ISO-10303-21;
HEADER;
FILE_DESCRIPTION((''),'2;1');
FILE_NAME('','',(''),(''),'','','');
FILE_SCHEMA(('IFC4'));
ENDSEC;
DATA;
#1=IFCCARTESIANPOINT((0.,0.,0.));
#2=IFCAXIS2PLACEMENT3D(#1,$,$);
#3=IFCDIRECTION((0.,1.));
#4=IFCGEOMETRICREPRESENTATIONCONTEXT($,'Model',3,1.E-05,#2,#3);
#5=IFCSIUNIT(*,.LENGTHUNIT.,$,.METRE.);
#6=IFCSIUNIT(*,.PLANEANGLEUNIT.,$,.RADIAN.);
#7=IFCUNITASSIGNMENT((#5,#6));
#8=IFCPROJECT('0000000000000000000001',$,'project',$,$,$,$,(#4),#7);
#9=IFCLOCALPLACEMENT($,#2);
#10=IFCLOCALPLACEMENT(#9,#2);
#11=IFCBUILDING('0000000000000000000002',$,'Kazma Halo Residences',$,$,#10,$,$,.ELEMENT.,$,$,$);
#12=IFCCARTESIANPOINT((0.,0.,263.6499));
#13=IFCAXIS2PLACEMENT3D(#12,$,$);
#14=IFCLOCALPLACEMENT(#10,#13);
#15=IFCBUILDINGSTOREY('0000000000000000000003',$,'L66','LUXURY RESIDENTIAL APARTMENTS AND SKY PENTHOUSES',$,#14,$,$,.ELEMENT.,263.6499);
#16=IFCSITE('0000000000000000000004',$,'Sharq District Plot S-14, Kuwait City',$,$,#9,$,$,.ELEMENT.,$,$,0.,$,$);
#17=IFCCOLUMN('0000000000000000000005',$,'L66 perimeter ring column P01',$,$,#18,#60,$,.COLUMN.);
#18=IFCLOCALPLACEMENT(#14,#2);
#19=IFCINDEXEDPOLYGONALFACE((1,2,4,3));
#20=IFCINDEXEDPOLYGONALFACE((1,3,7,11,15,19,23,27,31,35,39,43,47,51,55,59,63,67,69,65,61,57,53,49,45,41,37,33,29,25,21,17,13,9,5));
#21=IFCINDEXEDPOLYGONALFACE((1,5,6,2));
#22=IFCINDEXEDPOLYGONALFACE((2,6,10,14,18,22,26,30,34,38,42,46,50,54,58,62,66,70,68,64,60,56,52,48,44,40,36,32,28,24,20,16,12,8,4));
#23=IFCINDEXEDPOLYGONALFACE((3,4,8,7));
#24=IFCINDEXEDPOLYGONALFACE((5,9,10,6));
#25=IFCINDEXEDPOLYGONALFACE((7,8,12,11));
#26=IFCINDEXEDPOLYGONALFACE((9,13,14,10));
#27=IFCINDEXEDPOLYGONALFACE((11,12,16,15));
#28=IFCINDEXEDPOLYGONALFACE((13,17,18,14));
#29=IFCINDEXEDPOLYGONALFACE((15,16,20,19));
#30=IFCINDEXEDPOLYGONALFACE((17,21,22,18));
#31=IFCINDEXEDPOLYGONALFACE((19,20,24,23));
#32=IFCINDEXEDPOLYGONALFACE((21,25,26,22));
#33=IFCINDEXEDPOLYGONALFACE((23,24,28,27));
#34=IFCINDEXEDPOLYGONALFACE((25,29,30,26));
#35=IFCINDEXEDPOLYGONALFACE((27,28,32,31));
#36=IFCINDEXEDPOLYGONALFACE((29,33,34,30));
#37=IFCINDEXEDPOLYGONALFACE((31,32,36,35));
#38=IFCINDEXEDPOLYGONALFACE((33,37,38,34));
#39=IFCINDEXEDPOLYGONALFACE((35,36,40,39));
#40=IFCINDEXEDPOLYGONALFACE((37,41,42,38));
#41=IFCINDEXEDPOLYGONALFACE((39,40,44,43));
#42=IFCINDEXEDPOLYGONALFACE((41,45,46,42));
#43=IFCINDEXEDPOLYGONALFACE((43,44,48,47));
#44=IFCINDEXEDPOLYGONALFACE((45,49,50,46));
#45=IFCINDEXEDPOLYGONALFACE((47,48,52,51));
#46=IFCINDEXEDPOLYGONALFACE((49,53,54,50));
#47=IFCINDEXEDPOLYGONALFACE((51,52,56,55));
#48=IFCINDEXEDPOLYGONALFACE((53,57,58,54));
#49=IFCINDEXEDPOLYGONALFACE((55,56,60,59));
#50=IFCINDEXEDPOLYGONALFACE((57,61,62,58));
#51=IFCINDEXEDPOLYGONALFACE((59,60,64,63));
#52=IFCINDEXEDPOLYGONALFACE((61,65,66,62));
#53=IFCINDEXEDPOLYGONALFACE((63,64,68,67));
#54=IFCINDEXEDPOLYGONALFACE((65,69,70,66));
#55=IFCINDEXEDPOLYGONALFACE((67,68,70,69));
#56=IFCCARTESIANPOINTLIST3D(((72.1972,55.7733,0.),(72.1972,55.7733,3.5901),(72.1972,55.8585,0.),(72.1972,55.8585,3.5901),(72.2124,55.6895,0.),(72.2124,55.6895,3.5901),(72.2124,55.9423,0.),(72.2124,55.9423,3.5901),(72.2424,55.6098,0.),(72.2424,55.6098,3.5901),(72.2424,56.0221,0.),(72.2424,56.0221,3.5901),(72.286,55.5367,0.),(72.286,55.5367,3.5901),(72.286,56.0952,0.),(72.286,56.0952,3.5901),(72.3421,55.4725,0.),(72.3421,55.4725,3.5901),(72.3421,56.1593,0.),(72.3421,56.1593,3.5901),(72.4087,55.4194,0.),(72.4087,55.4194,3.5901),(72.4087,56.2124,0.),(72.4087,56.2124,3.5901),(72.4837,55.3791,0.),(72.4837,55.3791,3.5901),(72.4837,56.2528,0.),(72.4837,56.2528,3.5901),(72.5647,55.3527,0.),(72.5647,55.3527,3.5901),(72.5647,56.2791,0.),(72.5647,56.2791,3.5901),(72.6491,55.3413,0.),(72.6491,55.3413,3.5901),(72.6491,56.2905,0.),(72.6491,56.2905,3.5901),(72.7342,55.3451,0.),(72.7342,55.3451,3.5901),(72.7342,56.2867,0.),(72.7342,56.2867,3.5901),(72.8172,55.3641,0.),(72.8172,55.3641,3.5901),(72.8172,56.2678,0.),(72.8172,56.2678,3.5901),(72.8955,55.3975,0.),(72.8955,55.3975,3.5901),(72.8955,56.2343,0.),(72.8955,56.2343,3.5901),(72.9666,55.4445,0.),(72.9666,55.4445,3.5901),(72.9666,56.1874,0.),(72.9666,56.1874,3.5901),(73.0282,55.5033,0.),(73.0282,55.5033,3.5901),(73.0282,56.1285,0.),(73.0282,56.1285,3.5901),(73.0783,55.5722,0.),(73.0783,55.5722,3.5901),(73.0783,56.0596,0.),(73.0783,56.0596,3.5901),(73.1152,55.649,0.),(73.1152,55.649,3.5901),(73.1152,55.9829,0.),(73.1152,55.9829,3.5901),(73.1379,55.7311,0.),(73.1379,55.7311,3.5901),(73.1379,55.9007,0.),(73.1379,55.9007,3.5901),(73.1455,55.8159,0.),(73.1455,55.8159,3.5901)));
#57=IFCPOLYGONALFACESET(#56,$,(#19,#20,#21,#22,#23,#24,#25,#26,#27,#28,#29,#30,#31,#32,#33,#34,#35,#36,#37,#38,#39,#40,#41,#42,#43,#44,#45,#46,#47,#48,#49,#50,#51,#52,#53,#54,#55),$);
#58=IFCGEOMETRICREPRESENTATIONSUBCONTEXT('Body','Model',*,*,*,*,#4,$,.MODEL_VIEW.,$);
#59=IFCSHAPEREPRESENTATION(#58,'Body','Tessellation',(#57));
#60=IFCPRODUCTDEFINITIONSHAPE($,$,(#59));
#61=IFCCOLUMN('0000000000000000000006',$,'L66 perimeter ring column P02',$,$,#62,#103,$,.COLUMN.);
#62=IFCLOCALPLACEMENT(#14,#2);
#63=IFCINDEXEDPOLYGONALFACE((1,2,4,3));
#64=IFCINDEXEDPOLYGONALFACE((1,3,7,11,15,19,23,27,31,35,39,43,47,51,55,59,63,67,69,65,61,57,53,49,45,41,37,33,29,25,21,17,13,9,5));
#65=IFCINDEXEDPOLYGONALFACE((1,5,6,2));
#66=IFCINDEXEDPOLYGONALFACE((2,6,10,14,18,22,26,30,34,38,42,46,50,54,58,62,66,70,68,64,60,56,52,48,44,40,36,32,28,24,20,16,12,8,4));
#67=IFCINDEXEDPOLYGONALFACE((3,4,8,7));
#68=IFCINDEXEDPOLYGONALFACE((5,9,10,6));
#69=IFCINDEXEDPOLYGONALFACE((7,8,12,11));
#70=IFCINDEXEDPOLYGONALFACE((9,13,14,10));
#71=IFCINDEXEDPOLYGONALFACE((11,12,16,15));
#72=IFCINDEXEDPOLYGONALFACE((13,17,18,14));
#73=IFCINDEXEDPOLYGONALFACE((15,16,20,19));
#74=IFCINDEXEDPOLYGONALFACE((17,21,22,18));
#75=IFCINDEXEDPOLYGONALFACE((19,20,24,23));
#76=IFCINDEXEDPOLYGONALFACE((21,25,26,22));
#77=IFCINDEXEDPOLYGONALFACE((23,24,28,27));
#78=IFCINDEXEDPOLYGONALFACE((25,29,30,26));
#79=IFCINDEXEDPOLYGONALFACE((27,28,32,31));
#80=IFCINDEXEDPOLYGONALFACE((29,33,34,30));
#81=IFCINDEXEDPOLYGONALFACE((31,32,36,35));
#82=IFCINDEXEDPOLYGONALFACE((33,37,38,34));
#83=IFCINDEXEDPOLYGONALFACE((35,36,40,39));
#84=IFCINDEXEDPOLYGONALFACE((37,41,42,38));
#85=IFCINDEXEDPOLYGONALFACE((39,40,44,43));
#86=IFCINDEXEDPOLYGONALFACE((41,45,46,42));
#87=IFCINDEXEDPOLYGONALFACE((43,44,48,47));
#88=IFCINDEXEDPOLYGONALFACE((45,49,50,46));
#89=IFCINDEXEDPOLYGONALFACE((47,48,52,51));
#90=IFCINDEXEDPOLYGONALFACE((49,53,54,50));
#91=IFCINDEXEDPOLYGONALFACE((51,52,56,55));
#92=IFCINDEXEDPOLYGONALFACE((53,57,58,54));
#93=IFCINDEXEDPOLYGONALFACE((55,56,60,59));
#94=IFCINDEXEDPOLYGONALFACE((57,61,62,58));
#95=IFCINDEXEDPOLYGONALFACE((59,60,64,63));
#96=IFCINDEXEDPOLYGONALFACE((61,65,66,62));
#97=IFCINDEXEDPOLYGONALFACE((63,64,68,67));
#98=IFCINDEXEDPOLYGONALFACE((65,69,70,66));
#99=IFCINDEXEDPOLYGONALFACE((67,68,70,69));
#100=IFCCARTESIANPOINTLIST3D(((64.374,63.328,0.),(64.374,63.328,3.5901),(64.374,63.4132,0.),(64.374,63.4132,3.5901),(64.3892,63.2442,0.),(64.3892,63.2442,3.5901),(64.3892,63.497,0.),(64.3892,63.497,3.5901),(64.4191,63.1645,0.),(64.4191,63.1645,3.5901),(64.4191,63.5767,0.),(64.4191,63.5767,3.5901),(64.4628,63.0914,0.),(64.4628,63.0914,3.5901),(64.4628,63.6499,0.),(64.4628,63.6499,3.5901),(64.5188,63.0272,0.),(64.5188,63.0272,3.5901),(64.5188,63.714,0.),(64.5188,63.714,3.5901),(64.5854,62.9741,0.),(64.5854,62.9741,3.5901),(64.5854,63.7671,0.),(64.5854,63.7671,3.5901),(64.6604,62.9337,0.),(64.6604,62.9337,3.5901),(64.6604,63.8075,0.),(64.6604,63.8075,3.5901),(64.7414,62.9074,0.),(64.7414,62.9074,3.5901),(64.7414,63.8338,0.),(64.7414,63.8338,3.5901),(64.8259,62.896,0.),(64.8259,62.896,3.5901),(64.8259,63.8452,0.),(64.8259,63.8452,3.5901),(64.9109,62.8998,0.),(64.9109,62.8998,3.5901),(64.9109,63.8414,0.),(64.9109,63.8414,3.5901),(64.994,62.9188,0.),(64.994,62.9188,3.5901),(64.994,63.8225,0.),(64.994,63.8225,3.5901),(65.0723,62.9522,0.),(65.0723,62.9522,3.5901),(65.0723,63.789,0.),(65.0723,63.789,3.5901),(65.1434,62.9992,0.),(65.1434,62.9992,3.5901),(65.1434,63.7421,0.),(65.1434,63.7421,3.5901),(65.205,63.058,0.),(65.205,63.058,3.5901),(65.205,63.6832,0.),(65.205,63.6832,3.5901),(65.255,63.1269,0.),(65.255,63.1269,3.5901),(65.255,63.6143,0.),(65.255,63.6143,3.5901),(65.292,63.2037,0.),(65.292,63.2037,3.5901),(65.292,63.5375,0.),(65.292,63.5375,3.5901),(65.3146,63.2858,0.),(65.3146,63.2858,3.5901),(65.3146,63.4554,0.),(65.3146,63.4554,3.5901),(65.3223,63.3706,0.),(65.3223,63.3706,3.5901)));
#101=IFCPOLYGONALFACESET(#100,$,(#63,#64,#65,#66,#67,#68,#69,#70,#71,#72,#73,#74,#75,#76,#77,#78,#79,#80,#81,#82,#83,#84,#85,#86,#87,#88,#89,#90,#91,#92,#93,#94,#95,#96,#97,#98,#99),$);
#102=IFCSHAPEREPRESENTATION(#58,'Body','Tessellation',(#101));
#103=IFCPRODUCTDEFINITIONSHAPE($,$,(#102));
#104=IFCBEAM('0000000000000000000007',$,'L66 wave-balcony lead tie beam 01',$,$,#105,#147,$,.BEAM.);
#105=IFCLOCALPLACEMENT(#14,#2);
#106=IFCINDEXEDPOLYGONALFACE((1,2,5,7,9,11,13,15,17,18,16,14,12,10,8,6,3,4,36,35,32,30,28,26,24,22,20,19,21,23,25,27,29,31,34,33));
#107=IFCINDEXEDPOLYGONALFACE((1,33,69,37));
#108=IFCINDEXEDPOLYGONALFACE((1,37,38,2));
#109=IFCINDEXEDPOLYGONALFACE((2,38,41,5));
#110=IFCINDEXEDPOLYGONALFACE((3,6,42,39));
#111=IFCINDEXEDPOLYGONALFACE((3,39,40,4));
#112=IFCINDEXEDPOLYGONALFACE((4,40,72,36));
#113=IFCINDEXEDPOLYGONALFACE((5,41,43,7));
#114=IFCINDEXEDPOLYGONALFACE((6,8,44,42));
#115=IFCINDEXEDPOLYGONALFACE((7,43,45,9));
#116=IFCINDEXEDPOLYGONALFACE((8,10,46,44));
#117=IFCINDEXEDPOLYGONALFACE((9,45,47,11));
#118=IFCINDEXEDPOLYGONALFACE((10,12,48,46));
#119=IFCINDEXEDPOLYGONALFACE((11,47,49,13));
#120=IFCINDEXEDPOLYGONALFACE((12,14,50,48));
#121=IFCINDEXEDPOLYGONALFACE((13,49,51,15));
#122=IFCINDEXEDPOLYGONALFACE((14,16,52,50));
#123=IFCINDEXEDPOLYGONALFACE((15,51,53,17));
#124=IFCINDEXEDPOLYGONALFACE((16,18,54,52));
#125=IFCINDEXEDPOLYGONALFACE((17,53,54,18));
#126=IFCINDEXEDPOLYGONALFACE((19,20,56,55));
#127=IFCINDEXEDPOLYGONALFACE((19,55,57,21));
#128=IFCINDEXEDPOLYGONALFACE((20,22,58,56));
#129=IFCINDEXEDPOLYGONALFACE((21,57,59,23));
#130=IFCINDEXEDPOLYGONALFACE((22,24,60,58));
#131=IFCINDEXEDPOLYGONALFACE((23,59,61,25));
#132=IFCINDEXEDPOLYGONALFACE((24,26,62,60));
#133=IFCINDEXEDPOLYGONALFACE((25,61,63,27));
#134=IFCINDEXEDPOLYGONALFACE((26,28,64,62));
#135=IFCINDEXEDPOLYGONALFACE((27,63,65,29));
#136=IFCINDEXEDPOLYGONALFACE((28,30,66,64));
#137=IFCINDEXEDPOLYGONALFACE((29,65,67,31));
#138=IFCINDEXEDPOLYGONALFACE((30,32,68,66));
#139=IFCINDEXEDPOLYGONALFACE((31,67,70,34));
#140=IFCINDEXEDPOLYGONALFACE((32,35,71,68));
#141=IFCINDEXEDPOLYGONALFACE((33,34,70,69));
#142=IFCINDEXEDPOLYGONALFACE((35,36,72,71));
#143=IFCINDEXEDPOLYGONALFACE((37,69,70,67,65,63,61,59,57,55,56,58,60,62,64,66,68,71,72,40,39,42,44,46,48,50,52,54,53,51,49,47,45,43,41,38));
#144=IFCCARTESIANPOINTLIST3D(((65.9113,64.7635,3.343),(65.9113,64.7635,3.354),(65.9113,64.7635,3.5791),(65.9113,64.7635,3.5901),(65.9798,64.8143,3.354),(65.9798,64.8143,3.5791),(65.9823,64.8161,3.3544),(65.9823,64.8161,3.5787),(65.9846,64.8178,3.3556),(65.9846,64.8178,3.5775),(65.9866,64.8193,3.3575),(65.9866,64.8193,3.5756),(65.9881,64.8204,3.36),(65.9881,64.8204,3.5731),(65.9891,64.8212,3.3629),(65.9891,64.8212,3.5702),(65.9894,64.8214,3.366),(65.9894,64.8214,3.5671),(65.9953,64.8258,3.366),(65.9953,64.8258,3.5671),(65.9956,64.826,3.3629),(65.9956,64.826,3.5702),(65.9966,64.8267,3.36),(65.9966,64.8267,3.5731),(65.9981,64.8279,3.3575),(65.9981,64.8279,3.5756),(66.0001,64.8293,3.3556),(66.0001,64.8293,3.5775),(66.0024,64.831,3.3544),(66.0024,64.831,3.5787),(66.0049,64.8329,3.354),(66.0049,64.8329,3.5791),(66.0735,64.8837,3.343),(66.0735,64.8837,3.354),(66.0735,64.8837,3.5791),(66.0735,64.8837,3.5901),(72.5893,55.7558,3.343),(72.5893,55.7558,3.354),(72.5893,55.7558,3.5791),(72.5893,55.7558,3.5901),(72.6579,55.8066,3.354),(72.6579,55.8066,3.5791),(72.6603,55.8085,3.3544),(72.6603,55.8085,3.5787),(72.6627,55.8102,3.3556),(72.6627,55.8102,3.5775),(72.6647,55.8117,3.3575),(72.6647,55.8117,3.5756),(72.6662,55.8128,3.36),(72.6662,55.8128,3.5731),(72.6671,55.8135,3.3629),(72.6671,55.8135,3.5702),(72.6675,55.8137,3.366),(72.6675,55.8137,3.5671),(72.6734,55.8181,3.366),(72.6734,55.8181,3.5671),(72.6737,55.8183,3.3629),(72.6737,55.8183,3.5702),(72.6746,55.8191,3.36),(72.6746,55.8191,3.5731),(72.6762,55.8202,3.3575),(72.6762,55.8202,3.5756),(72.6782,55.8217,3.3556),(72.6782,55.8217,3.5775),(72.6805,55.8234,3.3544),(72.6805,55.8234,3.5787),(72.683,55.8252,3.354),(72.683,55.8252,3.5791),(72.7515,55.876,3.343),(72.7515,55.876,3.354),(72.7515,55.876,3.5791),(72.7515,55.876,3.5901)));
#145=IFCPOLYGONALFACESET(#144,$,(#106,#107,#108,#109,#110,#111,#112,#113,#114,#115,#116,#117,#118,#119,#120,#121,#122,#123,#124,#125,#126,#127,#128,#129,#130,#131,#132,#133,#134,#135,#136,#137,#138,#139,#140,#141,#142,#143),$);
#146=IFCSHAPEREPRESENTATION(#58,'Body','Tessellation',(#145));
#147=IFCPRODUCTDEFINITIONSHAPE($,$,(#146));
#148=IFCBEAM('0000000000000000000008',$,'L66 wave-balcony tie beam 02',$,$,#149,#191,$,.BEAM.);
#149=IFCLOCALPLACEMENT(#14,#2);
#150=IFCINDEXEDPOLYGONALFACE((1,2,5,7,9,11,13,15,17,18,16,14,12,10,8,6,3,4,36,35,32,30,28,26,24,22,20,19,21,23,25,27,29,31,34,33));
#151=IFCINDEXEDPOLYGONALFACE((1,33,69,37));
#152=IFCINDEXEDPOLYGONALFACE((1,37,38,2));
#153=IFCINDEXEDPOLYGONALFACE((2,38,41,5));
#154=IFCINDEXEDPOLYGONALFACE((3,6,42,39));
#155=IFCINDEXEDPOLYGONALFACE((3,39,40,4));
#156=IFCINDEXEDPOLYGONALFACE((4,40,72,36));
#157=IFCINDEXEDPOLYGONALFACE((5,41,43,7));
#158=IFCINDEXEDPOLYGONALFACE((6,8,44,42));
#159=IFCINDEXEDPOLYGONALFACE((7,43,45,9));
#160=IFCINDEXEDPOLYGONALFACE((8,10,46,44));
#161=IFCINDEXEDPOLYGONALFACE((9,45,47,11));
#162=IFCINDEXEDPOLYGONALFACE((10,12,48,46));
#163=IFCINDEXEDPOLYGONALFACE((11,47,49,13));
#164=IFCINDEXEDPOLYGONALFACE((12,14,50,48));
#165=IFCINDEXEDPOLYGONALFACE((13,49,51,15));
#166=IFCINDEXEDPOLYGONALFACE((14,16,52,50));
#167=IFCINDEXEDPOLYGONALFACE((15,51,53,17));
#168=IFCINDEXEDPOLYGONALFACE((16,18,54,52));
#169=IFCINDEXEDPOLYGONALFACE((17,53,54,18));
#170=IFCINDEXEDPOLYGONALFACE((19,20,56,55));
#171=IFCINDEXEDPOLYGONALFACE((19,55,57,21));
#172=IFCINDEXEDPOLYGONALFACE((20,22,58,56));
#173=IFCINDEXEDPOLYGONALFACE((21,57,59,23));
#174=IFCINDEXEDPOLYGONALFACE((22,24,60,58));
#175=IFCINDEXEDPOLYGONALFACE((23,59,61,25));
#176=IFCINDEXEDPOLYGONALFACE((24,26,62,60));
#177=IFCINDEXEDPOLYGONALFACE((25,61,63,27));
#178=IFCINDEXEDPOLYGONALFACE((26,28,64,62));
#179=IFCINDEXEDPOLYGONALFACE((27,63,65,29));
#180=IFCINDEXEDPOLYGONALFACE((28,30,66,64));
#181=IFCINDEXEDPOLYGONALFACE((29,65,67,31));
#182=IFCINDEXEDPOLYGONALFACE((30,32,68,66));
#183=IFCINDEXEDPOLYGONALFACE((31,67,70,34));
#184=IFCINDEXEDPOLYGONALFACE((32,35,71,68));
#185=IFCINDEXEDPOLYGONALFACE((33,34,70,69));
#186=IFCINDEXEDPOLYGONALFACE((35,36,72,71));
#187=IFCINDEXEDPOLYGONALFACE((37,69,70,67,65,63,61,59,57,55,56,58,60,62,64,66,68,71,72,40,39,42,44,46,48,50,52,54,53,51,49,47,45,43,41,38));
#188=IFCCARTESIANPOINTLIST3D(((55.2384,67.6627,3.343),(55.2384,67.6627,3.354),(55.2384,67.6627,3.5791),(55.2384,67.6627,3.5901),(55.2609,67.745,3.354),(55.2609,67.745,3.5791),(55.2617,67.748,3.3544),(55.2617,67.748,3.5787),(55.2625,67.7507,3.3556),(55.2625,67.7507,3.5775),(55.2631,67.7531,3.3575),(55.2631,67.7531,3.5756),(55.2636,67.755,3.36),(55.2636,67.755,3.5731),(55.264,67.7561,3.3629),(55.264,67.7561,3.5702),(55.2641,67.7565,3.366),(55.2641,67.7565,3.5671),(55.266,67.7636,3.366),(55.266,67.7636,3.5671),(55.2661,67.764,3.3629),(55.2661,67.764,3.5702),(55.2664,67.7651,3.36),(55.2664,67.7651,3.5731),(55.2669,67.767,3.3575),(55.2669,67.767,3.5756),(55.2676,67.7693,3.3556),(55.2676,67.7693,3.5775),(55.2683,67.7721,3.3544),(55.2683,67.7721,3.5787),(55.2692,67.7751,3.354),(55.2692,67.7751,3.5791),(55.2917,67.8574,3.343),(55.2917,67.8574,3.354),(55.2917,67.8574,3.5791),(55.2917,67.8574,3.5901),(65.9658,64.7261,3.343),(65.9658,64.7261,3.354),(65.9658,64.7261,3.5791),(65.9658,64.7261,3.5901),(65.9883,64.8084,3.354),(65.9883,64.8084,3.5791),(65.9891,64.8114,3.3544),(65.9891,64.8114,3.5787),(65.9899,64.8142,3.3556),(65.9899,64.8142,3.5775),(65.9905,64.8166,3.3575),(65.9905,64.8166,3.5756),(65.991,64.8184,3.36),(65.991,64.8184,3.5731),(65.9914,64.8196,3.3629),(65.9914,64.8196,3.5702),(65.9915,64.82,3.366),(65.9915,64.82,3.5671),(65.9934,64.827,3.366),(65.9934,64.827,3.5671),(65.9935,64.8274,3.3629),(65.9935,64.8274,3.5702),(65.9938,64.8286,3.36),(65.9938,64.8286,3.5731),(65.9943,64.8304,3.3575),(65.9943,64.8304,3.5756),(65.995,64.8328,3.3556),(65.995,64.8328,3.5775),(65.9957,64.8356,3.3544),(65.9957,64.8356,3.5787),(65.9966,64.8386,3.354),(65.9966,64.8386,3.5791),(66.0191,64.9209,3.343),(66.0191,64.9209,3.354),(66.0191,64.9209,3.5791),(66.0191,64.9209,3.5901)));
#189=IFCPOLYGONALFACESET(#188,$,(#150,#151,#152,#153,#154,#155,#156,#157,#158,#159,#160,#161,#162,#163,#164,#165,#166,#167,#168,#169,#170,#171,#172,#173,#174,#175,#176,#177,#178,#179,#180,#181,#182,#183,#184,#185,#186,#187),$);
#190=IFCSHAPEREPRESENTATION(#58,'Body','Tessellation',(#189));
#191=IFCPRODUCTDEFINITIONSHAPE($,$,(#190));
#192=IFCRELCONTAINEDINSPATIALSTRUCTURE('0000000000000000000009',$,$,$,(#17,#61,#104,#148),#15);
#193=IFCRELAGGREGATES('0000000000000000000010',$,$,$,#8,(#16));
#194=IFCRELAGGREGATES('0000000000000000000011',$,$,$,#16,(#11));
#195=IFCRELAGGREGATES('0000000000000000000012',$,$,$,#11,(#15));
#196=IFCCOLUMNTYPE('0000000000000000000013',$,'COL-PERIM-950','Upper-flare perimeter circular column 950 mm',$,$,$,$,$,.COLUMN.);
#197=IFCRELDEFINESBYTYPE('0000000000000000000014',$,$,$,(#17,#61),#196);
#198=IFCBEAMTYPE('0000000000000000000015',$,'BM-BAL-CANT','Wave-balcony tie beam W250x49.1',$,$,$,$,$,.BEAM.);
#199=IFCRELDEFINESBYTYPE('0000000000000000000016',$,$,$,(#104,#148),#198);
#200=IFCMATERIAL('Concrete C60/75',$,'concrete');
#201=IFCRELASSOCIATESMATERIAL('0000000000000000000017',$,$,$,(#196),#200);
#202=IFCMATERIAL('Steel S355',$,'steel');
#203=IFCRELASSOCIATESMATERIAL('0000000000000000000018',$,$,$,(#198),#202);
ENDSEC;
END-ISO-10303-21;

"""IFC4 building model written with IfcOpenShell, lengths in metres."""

from ifc_helpers import new_model, si_unit, direction, frame, origin, origin_2d, place, context, subcontext, project, spatial, circle, i_section, extrude, material, material_profile, profile_set, type_object, element, save


model = new_model("IFC4")

# Units and contexts
model_context = context("Model", 3, precision=1e-05, world=origin(), true_north=direction((0.0, 1.0)))
body_context = subcontext(model_context, "Body", "Model", "MODEL_VIEW")
ifc_project = project(units=[si_unit("LENGTHUNIT", "METRE"), si_unit("PLANEANGLEUNIT", "RADIAN")], contexts=[model_context])

# Site, building, storey
site_placement = place(None, origin())
site = spatial("IfcSite", under=ifc_project, at=site_placement, Name="Sharq District Plot S-14, Kuwait City", CompositionType="ELEMENT", RefElevation=0.0)
building_placement = place(site_placement, origin())
building = spatial("IfcBuilding", under=site, at=building_placement, Name="Kazma Halo Residences", CompositionType="ELEMENT")
storey_placement = place(building_placement, frame((0.0, 0.0, 263.6499)))
storey = spatial("IfcBuildingStorey", under=building, at=storey_placement, Name="L66", Description="LUXURY RESIDENTIAL APARTMENTS AND SKY PENTHOUSES", CompositionType="ELEMENT", Elevation=263.6499)

# Columns
ifc_material_1 = material(Name="Concrete C60/75", Category="concrete")
ifc_material_profile_1 = material_profile(ifc_material_1, circle(Radius=0.4751, at=origin_2d()), Name="CIRC950")
ifc_profile_set_1 = profile_set([ifc_material_profile_1], Name="Concrete C60/75")
column_type = type_object("IfcColumnType", Name="COL-PERIM-950", Description="Upper-flare perimeter circular column 950 mm", PredefinedType="COLUMN", material=ifc_profile_set_1)
for number, where, z_axis, x_axis, name in (
    (1, (72.6704, 55.8159, 0.0), (0.0, 0.0, 1.0), (1.0, 0.0, 0.0), "L66 perimeter ring column P01"),
    (2, (64.8472, 63.3706, 0.0), (0.0, 0.0, 1.0), (1.0, 0.0, 0.0), "L66 perimeter ring column P02"),
):
    element("IfcColumn", number, at=place(storey_placement, frame(where, z_axis=z_axis, x_axis=x_axis)), inside=storey, type_object=column_type, Name=name, PredefinedType="COLUMN", context=body_context, shape_type="SweptSolid", body=[
        extrude(circle(Radius=0.4751, at=origin_2d()), origin(), (0.0, 0.0, 1.0), 3.5901),
    ])

# Beams
ifc_material_2 = material(Name="Steel S355", Category="steel")
ifc_material_profile_2 = material_profile(ifc_material_2, i_section(OverallWidth=0.2019, OverallDepth=0.2471, WebThickness=0.0073, FlangeThickness=0.011, FilletRadius=0.012, at=origin_2d()), Name="W250x49.1")
ifc_profile_set_2 = profile_set([ifc_material_profile_2], Name="Steel S355")
beam_type_1 = type_object("IfcBeamType", Name="BM-BAL-CANT", Description="Wave-balcony tie beam W250x49.1", PredefinedType="BEAM", material=ifc_profile_set_2)
beam_1_placement = place(storey_placement, frame((72.6704, 55.8159, 3.4666), z_axis=(-0.595556, 0.803314, 0.0), x_axis=(-0.803314, -0.595556, 0.0)))
element("IfcBeam", 3, at=beam_1_placement, inside=storey, type_object=beam_type_1, Name="L66 wave-balcony lead tie beam 01", PredefinedType="BEAM", context=body_context, shape_type="SweptSolid", body=[
    extrude(i_section(OverallWidth=0.2019, OverallDepth=0.2471, WebThickness=0.0073, FlangeThickness=0.011, FilletRadius=0.012, at=origin_2d()), origin(), (0.0, 0.0, 1.0), 11.2131),
])
beam_2_placement = place(storey_placement, frame((65.9924, 64.8235, 3.4666), z_axis=(-0.964515, 0.264029, 0.0), x_axis=(-0.264029, -0.964515, 0.0)))
element("IfcBeam", 4, at=beam_2_placement, inside=storey, type_object=beam_type_1, Name="L66 wave-balcony tie beam 02", PredefinedType="BEAM", context=body_context, shape_type="SweptSolid", body=[
    extrude(i_section(OverallWidth=0.2019, OverallDepth=0.2471, WebThickness=0.0073, FlangeThickness=0.011, FilletRadius=0.012, at=origin_2d()), origin(), (0.0, 0.0, 1.0), 11.1221),
])

save(model, "model.ifc")
